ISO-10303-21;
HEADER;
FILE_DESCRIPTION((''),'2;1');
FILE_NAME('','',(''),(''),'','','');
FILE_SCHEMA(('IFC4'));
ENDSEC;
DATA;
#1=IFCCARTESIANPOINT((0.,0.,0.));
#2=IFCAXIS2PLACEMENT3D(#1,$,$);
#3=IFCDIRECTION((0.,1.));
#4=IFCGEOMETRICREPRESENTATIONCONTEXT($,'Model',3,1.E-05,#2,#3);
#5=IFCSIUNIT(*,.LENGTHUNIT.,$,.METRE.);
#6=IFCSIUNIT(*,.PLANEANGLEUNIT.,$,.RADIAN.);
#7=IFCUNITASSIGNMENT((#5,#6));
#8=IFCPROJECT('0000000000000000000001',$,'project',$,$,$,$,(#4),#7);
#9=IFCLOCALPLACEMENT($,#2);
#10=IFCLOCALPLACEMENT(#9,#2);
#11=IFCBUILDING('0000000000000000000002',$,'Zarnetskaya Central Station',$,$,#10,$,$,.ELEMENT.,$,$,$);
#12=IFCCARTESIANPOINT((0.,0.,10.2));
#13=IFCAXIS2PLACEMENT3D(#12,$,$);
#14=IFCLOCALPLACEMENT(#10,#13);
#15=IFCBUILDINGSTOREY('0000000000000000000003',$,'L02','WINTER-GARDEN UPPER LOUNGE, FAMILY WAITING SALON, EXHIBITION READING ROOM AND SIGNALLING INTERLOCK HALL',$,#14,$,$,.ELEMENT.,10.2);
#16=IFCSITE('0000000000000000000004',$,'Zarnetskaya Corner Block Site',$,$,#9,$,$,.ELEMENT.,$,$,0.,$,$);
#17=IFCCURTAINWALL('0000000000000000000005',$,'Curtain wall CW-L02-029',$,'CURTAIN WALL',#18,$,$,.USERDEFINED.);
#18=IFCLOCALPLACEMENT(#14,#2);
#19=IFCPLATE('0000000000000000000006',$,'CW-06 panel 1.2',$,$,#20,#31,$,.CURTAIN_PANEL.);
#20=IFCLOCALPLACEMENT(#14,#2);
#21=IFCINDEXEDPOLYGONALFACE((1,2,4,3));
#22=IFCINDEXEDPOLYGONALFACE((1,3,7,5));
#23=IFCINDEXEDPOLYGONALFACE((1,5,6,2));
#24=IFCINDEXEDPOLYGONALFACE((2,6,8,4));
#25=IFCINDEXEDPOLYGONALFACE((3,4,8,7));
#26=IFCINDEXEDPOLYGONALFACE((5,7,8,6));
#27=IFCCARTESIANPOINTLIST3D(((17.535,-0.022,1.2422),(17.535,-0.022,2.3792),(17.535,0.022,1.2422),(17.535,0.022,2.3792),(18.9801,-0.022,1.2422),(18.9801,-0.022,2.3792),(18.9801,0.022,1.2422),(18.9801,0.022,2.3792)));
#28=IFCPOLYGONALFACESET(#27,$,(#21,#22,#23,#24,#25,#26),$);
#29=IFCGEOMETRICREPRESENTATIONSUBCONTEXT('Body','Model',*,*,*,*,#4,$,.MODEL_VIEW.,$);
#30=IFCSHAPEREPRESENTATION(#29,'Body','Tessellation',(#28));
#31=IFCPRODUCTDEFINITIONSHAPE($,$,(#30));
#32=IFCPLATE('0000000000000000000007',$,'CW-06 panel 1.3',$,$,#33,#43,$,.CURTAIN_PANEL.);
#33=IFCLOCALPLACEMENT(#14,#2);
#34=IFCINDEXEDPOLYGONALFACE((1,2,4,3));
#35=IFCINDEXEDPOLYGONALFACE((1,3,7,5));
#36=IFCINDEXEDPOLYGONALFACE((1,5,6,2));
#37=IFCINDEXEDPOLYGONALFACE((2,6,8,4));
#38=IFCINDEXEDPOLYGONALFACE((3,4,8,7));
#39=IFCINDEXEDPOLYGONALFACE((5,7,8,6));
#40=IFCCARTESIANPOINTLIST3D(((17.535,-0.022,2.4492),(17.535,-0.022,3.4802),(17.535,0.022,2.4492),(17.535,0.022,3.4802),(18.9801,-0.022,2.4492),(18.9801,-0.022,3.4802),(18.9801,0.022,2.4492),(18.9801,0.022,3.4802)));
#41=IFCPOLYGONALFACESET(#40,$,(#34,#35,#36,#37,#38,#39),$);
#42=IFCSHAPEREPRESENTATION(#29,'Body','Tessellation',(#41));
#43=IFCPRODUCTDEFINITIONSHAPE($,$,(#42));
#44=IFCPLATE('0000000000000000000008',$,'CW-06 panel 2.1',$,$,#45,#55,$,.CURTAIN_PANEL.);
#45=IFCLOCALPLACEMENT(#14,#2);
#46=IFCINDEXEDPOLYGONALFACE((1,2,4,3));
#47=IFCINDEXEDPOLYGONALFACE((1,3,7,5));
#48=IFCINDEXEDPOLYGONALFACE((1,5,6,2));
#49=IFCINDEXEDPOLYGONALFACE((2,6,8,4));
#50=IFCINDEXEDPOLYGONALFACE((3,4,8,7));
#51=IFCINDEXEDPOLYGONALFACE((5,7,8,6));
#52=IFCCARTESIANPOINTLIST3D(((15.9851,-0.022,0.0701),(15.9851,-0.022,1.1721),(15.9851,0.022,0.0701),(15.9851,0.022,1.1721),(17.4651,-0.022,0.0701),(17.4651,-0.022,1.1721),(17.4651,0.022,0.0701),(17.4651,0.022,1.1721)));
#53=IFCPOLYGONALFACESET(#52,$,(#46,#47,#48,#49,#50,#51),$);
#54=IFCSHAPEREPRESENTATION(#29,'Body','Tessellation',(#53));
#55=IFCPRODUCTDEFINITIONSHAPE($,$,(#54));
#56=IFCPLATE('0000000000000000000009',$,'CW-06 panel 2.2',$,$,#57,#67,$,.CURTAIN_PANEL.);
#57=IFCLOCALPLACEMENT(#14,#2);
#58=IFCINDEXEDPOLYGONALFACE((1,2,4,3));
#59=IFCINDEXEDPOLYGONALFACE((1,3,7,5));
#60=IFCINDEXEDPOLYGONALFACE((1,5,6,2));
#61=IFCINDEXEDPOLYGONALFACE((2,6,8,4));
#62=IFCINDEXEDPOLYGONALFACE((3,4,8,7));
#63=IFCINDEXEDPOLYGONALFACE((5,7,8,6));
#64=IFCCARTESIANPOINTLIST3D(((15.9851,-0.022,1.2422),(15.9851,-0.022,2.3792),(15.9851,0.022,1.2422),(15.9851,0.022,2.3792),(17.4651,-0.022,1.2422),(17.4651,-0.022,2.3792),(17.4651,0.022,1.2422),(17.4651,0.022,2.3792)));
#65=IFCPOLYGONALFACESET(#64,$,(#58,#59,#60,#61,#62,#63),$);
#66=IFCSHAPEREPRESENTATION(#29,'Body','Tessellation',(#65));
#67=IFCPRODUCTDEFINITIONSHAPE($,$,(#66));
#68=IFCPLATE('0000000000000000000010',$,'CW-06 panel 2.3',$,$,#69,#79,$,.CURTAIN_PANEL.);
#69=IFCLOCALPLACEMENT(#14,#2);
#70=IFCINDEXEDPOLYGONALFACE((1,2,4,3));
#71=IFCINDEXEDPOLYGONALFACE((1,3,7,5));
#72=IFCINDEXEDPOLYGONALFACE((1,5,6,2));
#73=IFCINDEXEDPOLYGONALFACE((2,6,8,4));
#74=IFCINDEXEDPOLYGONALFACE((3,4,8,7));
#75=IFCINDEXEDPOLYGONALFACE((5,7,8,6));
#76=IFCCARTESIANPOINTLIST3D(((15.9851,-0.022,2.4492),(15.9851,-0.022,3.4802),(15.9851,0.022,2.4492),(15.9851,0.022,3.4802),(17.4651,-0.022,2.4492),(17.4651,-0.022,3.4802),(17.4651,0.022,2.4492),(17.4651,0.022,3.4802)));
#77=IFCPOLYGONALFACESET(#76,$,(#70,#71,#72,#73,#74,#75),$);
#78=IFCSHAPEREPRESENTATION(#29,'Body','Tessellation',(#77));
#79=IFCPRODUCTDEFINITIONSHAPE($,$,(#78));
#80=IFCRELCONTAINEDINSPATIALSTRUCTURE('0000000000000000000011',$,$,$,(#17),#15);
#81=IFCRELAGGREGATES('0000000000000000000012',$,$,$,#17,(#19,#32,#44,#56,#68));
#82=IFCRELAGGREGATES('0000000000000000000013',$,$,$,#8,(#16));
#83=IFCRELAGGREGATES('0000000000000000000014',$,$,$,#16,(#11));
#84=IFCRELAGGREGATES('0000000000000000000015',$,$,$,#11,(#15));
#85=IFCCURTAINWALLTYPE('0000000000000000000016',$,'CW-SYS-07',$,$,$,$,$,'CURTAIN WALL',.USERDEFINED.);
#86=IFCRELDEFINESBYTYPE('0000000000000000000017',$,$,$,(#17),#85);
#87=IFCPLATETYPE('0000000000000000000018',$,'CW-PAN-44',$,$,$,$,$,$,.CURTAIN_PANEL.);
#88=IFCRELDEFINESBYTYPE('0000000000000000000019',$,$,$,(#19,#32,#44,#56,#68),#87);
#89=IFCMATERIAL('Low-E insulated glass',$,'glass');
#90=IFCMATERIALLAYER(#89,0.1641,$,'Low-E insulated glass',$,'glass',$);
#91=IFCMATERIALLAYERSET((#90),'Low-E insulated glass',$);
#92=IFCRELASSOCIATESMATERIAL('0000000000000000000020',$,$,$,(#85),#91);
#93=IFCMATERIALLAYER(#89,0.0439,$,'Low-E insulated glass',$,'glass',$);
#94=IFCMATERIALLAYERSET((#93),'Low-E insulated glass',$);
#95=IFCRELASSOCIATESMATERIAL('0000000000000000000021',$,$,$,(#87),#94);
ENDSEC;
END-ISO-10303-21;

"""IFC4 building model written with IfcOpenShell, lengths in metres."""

from ifc_helpers import new_model, si_unit, direction, frame, origin, origin_2d, place, context, subcontext, project, spatial, rectangle, extrude, material, layer, layer_set, type_object, element, aggregate, save


model = new_model("IFC4")

# Units and contexts
model_context = context("Model", 3, precision=1e-05, world=origin(), true_north=direction((0.0, 1.0)))
body_context = subcontext(model_context, "Body", "Model", "MODEL_VIEW")
ifc_project = project(units=[si_unit("LENGTHUNIT", "METRE"), si_unit("PLANEANGLEUNIT", "RADIAN")], contexts=[model_context])

# Site, building, storey
site_placement = place(None, origin())
site = spatial("IfcSite", under=ifc_project, at=site_placement, Name="Zarnetskaya Corner Block Site", CompositionType="ELEMENT", RefElevation=0.0)
building_placement = place(site_placement, origin())
building = spatial("IfcBuilding", under=site, at=building_placement, Name="Zarnetskaya Central Station", CompositionType="ELEMENT")
storey_placement = place(building_placement, frame((0.0, 0.0, 10.2)))
storey = spatial("IfcBuildingStorey", under=building, at=storey_placement, Name="L02", Description="WINTER-GARDEN UPPER LOUNGE, FAMILY WAITING SALON, EXHIBITION READING ROOM AND SIGNALLING INTERLOCK HALL", CompositionType="ELEMENT", Elevation=10.2)

# Curtain wall
ifc_material_1 = material(Name="Low-E insulated glass", Category="glass")
ifc_layer_1 = layer(ifc_material_1, 0.1641, Name="Low-E insulated glass", Category="glass")
ifc_layer_set_1 = layer_set([ifc_layer_1], Name="Low-E insulated glass")
curtain_wall_type_1 = type_object("IfcCurtainWallType", Name="CW-SYS-07", ElementType="CURTAIN WALL", PredefinedType="USERDEFINED", material=ifc_layer_set_1)
curtain_wall_1_placement = place(storey_placement, origin())
curtain_wall_1 = element("IfcCurtainWall", 1, at=curtain_wall_1_placement, inside=storey, type_object=curtain_wall_type_1, Name="Curtain wall CW-L02-029", ObjectType="CURTAIN WALL", PredefinedType="USERDEFINED")

# Plates
ifc_layer_2 = layer(ifc_material_1, 0.0439, Name="Low-E insulated glass", Category="glass")
ifc_layer_set_2 = layer_set([ifc_layer_2], Name="Low-E insulated glass")
plate_type_1 = type_object("IfcPlateType", Name="CW-PAN-44", PredefinedType="CURTAIN_PANEL", material=ifc_layer_set_2)
plate_1_placement = place(storey_placement, frame((18.2576, 0.0, 1.2422), z_axis=(0.0, 0.0, 1.0), x_axis=(-1.0, 0.0, 0.0)))
plate_1 = element("IfcPlate", 2, at=plate_1_placement, type_object=plate_type_1, Name="CW-06 panel 1.2", PredefinedType="CURTAIN_PANEL", context=body_context, shape_type="SweptSolid", body=[
    extrude(rectangle(XDim=1.4451, YDim=0.0439, at=origin_2d()), origin(), (0.0, 0.0, 1.0), 1.137),
])
plate_2_placement = place(storey_placement, frame((18.2576, 0.0, 2.4492), z_axis=(0.0, 0.0, 1.0), x_axis=(-1.0, 0.0, 0.0)))
plate_2 = element("IfcPlate", 3, at=plate_2_placement, type_object=plate_type_1, Name="CW-06 panel 1.3", PredefinedType="CURTAIN_PANEL", context=body_context, shape_type="SweptSolid", body=[
    extrude(rectangle(XDim=1.4451, YDim=0.0439, at=origin_2d()), origin(), (0.0, 0.0, 1.0), 1.031),
])
plate_3_placement = place(storey_placement, frame((16.7251, 0.0, 0.0701), z_axis=(0.0, 0.0, 1.0), x_axis=(-1.0, 0.0, 0.0)))
plate_3 = element("IfcPlate", 4, at=plate_3_placement, type_object=plate_type_1, Name="CW-06 panel 2.1", PredefinedType="CURTAIN_PANEL", context=body_context, shape_type="SweptSolid", body=[
    extrude(rectangle(XDim=1.48, YDim=0.0439, at=origin_2d()), origin(), (0.0, 0.0, 1.0), 1.1021),
])
plate_4_placement = place(storey_placement, frame((16.7251, 0.0, 1.2422), z_axis=(0.0, 0.0, 1.0), x_axis=(-1.0, 0.0, 0.0)))
plate_4 = element("IfcPlate", 5, at=plate_4_placement, type_object=plate_type_1, Name="CW-06 panel 2.2", PredefinedType="CURTAIN_PANEL", context=body_context, shape_type="SweptSolid", body=[
    extrude(rectangle(XDim=1.48, YDim=0.0439, at=origin_2d()), origin(), (0.0, 0.0, 1.0), 1.137),
])
plate_5_placement = place(storey_placement, frame((16.7251, 0.0, 2.4492), z_axis=(0.0, 0.0, 1.0), x_axis=(-1.0, 0.0, 0.0)))
plate_5 = element("IfcPlate", 6, at=plate_5_placement, type_object=plate_type_1, Name="CW-06 panel 2.3", PredefinedType="CURTAIN_PANEL", context=body_context, shape_type="SweptSolid", body=[
    extrude(rectangle(XDim=1.48, YDim=0.0439, at=origin_2d()), origin(), (0.0, 0.0, 1.0), 1.031),
])
aggregate(curtain_wall_1, [plate_1, plate_2, plate_3, plate_4, plate_5])

save(model, "model.ifc")
